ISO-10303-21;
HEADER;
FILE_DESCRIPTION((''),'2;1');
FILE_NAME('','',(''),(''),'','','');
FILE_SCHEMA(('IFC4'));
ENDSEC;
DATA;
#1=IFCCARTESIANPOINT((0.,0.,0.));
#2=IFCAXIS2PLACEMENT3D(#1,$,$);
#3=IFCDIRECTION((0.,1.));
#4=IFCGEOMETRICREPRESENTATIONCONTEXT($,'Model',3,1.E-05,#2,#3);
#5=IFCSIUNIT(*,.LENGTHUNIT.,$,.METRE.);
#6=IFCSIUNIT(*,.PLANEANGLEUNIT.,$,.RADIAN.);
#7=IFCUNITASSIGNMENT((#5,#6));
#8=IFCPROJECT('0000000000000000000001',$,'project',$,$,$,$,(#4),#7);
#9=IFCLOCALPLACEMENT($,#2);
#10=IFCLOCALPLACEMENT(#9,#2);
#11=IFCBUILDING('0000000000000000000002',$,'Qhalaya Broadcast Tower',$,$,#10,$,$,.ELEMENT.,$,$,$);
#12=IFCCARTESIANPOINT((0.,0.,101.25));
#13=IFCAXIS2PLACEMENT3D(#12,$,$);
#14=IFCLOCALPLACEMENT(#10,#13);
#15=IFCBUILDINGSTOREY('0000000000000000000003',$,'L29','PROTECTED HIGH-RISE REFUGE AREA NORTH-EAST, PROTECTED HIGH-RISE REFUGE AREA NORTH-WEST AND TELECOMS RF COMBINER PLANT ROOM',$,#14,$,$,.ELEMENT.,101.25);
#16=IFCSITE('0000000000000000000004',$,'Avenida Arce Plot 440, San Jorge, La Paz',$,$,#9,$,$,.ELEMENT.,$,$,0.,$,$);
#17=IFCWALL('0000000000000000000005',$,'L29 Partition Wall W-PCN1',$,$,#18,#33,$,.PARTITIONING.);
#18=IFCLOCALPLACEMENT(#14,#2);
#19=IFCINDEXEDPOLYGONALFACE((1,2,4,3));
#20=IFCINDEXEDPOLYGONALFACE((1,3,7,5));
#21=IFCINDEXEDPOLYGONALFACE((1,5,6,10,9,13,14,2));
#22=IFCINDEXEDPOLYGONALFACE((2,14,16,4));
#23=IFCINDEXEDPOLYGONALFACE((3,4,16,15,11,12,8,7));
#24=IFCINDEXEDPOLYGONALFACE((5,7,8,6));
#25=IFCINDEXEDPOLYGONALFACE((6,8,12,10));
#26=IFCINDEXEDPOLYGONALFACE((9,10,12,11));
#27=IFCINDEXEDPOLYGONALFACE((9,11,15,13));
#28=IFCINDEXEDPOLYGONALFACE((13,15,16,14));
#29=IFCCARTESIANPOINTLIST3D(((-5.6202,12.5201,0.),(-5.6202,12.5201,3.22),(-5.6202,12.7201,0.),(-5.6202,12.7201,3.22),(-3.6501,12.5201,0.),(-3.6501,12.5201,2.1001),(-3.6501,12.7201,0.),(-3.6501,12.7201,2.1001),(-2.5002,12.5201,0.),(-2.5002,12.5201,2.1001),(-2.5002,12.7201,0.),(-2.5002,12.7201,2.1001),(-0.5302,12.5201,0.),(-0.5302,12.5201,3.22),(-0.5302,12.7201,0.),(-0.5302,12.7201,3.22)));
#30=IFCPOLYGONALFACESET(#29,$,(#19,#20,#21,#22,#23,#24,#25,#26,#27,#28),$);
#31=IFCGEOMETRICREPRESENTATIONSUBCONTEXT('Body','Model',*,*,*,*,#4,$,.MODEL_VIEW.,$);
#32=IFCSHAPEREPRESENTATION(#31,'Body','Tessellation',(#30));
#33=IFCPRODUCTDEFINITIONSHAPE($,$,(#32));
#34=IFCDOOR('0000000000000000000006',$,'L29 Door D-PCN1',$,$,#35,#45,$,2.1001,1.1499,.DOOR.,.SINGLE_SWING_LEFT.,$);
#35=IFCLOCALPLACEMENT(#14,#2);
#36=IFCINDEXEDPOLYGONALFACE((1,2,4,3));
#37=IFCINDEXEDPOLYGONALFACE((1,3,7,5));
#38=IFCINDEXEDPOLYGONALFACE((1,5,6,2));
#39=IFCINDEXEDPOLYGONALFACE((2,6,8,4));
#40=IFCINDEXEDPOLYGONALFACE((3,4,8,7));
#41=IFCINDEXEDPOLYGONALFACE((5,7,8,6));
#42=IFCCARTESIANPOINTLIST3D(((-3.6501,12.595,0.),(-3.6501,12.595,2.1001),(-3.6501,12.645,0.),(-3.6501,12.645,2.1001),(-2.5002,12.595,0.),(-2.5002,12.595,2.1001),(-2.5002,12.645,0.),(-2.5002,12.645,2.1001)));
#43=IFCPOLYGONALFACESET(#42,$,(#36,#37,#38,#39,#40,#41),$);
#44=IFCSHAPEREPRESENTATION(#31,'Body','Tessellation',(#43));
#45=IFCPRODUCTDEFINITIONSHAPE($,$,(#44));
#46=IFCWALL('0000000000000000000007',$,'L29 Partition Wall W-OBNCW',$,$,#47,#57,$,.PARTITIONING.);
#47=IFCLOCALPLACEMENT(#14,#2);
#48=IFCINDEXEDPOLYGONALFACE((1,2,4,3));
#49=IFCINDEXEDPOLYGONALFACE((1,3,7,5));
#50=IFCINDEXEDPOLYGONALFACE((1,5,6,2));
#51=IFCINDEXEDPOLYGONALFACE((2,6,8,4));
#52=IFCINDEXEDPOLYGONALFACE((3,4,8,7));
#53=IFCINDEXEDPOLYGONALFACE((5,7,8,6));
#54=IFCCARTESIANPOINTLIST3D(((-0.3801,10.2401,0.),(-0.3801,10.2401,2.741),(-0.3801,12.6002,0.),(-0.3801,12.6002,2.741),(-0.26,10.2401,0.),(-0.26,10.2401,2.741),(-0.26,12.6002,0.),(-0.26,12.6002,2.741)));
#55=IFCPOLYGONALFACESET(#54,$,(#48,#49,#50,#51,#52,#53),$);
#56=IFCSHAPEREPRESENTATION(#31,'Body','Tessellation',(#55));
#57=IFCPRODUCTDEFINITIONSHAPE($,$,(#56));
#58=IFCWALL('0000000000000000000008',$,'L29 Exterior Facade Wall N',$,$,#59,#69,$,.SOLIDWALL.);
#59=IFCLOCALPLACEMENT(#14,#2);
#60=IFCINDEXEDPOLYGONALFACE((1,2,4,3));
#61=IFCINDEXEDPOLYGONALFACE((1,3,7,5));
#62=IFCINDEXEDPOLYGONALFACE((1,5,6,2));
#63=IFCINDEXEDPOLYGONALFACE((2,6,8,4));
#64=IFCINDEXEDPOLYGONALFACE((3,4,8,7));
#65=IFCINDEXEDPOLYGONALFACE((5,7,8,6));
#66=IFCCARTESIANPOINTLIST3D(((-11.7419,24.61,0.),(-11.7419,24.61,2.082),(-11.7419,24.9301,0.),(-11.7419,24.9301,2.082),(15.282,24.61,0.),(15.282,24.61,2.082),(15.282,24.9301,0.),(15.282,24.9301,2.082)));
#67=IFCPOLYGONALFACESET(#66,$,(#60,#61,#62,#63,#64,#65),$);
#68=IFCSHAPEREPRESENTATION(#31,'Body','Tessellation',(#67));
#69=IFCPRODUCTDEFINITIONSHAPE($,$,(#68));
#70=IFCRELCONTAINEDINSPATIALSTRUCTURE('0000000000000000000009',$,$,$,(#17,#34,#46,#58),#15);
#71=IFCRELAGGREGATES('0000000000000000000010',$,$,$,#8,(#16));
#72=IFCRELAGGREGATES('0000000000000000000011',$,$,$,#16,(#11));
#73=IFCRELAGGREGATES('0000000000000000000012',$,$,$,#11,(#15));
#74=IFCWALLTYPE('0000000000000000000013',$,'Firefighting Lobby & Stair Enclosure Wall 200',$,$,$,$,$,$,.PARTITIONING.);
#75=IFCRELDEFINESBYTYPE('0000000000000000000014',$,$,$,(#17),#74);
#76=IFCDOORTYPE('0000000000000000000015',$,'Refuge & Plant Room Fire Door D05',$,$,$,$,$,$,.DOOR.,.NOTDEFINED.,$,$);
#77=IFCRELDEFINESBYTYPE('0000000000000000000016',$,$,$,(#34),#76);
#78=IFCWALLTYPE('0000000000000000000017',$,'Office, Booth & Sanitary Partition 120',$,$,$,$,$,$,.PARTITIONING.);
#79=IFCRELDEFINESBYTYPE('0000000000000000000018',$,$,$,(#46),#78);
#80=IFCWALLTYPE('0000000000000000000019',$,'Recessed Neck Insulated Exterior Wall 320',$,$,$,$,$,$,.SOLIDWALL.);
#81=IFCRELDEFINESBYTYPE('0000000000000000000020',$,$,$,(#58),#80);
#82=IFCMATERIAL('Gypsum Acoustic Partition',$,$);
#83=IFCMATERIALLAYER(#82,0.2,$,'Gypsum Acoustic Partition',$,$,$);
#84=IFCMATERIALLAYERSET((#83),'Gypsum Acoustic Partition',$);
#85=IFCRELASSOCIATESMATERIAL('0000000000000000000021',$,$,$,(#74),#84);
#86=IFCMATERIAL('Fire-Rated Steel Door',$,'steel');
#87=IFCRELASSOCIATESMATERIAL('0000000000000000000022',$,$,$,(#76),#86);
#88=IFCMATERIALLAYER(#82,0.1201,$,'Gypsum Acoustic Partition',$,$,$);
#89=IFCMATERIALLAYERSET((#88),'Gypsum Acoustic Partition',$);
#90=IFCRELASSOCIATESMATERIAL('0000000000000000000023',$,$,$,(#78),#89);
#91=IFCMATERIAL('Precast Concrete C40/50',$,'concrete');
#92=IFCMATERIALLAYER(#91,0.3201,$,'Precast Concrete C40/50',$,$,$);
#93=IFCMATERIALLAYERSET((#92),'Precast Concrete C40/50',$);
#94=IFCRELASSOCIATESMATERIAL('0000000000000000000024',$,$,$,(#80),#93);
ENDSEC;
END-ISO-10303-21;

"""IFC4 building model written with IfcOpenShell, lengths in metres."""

from ifc_helpers import new_model, si_unit, direction, frame, frame_2d, origin, place, context, subcontext, project, spatial, rectangle, extrude, material, layer, layer_set, type_object, element, fill, save


model = new_model("IFC4")

# Units and contexts
model_context = context("Model", 3, precision=1e-05, world=origin(), true_north=direction((0.0, 1.0)))
body_context = subcontext(model_context, "Body", "Model", "MODEL_VIEW")
ifc_project = project(units=[si_unit("LENGTHUNIT", "METRE"), si_unit("PLANEANGLEUNIT", "RADIAN")], contexts=[model_context])

# Site, building, storey
site_placement = place(None, origin())
site = spatial("IfcSite", under=ifc_project, at=site_placement, Name="Avenida Arce Plot 440, San Jorge, La Paz", CompositionType="ELEMENT", RefElevation=0.0)
building_placement = place(site_placement, origin())
building = spatial("IfcBuilding", under=site, at=building_placement, Name="Qhalaya Broadcast Tower", CompositionType="ELEMENT")
storey_placement = place(building_placement, frame((0.0, 0.0, 101.25)))
storey = spatial("IfcBuildingStorey", under=building, at=storey_placement, Name="L29", Description="PROTECTED HIGH-RISE REFUGE AREA NORTH-EAST, PROTECTED HIGH-RISE REFUGE AREA NORTH-WEST AND TELECOMS RF COMBINER PLANT ROOM", CompositionType="ELEMENT", Elevation=101.25)

# Shared definitions
ifc_material_1 = material(Name="Gypsum Acoustic Partition")
ifc_layer_1 = layer(ifc_material_1, 0.2, Name="Gypsum Acoustic Partition")
ifc_layer_set_1 = layer_set([ifc_layer_1], Name="Gypsum Acoustic Partition")
wall_type_1 = type_object("IfcWallType", Name="Firefighting Lobby & Stair Enclosure Wall 200", PredefinedType="PARTITIONING", material=ifc_layer_set_1)
ifc_material_2 = material(Name="Fire-Rated Steel Door", Category="steel")
door_type = type_object("IfcDoorType", Name="Refuge & Plant Room Fire Door D05", OperationType="NOTDEFINED", PredefinedType="DOOR", material=ifc_material_2)

# Wall, opening, door
wall_1_placement = place(storey_placement, frame((-5.6201, 12.6201, 0.0), z_axis=(0.0, 0.0, 1.0), x_axis=(1.0, 0.0, 0.0)))
wall_1 = element("IfcWall", 1, at=wall_1_placement, inside=storey, type_object=wall_type_1, Name="L29 Partition Wall W-PCN1", PredefinedType="PARTITIONING", context=body_context, shape_type="SweptSolid", body=[
    extrude(rectangle(XDim=5.0901, YDim=0.2, at=frame_2d((2.5449, 0.0))), origin(), (0.0, 0.0, 1.0), 3.22),
])
opening_1_placement = place(wall_1_placement, frame((1.97, 0.0, 0.0)))
opening_1 = element("IfcOpeningElement", 2, at=opening_1_placement, cuts=wall_1, PredefinedType="OPENING", context=body_context, shape_type="SweptSolid", body=[
    extrude(rectangle(XDim=1.1499, YDim=2.1001, at=frame_2d((0.575, 1.05))), frame((0.0, 0.1121, 0.0), z_axis=(0.0, -1.0, 0.0), x_axis=(1.0, 0.0, 0.0)), (0.0, 0.0, 1.0), 0.2239),
])
door_1_placement = place(opening_1_placement, origin())
door_1 = element("IfcDoor", 3, at=door_1_placement, inside=storey, type_object=door_type, Name="L29 Door D-PCN1", OperationType="SINGLE_SWING_LEFT", OverallHeight=2.1001, OverallWidth=1.1499, PredefinedType="DOOR", context=body_context, shape_type="SweptSolid", body=[
    extrude(rectangle(XDim=1.1499, YDim=2.1001, at=frame_2d((0.575, 1.05))), frame((0.0, 0.0249, 0.0), z_axis=(0.0, -1.0, 0.0), x_axis=(1.0, 0.0, 0.0)), (0.0, 0.0, 1.0), 0.05),
])
fill(opening_1, door_1)

# Walls
ifc_layer_2 = layer(ifc_material_1, 0.1201, Name="Gypsum Acoustic Partition")
ifc_layer_set_2 = layer_set([ifc_layer_2], Name="Gypsum Acoustic Partition")
wall_type_2 = type_object("IfcWallType", Name="Office, Booth & Sanitary Partition 120", PredefinedType="PARTITIONING", material=ifc_layer_set_2)
wall_2_placement = place(storey_placement, frame((-0.3201, 10.24, 0.0), z_axis=(0.0, 0.0, 1.0), x_axis=(0.0, 1.0, 0.0)))
element("IfcWall", 4, at=wall_2_placement, inside=storey, type_object=wall_type_2, Name="L29 Partition Wall W-OBNCW", PredefinedType="PARTITIONING", context=body_context, shape_type="SweptSolid", body=[
    extrude(rectangle(XDim=2.3601, YDim=0.1201, at=frame_2d((1.1802, 0.0))), origin(), (0.0, 0.0, 1.0), 2.741),
])
ifc_material_3 = material(Name="Precast Concrete C40/50", Category="concrete")
ifc_layer_3 = layer(ifc_material_3, 0.3201, Name="Precast Concrete C40/50")
ifc_layer_set_3 = layer_set([ifc_layer_3], Name="Precast Concrete C40/50")
wall_type_3 = type_object("IfcWallType", Name="Recessed Neck Insulated Exterior Wall 320", PredefinedType="SOLIDWALL", material=ifc_layer_set_3)
wall_3_placement = place(storey_placement, frame((-11.7419, 24.77, 0.0), z_axis=(0.0, 0.0, 1.0), x_axis=(1.0, 0.0, 0.0)))
element("IfcWall", 5, at=wall_3_placement, inside=storey, type_object=wall_type_3, Name="L29 Exterior Facade Wall N", PredefinedType="SOLIDWALL", context=body_context, shape_type="SweptSolid", body=[
    extrude(rectangle(XDim=27.0239, YDim=0.3201, at=frame_2d((13.512, 0.0))), origin(), (0.0, 0.0, 1.0), 2.082),
])

save(model, "model.ifc")
